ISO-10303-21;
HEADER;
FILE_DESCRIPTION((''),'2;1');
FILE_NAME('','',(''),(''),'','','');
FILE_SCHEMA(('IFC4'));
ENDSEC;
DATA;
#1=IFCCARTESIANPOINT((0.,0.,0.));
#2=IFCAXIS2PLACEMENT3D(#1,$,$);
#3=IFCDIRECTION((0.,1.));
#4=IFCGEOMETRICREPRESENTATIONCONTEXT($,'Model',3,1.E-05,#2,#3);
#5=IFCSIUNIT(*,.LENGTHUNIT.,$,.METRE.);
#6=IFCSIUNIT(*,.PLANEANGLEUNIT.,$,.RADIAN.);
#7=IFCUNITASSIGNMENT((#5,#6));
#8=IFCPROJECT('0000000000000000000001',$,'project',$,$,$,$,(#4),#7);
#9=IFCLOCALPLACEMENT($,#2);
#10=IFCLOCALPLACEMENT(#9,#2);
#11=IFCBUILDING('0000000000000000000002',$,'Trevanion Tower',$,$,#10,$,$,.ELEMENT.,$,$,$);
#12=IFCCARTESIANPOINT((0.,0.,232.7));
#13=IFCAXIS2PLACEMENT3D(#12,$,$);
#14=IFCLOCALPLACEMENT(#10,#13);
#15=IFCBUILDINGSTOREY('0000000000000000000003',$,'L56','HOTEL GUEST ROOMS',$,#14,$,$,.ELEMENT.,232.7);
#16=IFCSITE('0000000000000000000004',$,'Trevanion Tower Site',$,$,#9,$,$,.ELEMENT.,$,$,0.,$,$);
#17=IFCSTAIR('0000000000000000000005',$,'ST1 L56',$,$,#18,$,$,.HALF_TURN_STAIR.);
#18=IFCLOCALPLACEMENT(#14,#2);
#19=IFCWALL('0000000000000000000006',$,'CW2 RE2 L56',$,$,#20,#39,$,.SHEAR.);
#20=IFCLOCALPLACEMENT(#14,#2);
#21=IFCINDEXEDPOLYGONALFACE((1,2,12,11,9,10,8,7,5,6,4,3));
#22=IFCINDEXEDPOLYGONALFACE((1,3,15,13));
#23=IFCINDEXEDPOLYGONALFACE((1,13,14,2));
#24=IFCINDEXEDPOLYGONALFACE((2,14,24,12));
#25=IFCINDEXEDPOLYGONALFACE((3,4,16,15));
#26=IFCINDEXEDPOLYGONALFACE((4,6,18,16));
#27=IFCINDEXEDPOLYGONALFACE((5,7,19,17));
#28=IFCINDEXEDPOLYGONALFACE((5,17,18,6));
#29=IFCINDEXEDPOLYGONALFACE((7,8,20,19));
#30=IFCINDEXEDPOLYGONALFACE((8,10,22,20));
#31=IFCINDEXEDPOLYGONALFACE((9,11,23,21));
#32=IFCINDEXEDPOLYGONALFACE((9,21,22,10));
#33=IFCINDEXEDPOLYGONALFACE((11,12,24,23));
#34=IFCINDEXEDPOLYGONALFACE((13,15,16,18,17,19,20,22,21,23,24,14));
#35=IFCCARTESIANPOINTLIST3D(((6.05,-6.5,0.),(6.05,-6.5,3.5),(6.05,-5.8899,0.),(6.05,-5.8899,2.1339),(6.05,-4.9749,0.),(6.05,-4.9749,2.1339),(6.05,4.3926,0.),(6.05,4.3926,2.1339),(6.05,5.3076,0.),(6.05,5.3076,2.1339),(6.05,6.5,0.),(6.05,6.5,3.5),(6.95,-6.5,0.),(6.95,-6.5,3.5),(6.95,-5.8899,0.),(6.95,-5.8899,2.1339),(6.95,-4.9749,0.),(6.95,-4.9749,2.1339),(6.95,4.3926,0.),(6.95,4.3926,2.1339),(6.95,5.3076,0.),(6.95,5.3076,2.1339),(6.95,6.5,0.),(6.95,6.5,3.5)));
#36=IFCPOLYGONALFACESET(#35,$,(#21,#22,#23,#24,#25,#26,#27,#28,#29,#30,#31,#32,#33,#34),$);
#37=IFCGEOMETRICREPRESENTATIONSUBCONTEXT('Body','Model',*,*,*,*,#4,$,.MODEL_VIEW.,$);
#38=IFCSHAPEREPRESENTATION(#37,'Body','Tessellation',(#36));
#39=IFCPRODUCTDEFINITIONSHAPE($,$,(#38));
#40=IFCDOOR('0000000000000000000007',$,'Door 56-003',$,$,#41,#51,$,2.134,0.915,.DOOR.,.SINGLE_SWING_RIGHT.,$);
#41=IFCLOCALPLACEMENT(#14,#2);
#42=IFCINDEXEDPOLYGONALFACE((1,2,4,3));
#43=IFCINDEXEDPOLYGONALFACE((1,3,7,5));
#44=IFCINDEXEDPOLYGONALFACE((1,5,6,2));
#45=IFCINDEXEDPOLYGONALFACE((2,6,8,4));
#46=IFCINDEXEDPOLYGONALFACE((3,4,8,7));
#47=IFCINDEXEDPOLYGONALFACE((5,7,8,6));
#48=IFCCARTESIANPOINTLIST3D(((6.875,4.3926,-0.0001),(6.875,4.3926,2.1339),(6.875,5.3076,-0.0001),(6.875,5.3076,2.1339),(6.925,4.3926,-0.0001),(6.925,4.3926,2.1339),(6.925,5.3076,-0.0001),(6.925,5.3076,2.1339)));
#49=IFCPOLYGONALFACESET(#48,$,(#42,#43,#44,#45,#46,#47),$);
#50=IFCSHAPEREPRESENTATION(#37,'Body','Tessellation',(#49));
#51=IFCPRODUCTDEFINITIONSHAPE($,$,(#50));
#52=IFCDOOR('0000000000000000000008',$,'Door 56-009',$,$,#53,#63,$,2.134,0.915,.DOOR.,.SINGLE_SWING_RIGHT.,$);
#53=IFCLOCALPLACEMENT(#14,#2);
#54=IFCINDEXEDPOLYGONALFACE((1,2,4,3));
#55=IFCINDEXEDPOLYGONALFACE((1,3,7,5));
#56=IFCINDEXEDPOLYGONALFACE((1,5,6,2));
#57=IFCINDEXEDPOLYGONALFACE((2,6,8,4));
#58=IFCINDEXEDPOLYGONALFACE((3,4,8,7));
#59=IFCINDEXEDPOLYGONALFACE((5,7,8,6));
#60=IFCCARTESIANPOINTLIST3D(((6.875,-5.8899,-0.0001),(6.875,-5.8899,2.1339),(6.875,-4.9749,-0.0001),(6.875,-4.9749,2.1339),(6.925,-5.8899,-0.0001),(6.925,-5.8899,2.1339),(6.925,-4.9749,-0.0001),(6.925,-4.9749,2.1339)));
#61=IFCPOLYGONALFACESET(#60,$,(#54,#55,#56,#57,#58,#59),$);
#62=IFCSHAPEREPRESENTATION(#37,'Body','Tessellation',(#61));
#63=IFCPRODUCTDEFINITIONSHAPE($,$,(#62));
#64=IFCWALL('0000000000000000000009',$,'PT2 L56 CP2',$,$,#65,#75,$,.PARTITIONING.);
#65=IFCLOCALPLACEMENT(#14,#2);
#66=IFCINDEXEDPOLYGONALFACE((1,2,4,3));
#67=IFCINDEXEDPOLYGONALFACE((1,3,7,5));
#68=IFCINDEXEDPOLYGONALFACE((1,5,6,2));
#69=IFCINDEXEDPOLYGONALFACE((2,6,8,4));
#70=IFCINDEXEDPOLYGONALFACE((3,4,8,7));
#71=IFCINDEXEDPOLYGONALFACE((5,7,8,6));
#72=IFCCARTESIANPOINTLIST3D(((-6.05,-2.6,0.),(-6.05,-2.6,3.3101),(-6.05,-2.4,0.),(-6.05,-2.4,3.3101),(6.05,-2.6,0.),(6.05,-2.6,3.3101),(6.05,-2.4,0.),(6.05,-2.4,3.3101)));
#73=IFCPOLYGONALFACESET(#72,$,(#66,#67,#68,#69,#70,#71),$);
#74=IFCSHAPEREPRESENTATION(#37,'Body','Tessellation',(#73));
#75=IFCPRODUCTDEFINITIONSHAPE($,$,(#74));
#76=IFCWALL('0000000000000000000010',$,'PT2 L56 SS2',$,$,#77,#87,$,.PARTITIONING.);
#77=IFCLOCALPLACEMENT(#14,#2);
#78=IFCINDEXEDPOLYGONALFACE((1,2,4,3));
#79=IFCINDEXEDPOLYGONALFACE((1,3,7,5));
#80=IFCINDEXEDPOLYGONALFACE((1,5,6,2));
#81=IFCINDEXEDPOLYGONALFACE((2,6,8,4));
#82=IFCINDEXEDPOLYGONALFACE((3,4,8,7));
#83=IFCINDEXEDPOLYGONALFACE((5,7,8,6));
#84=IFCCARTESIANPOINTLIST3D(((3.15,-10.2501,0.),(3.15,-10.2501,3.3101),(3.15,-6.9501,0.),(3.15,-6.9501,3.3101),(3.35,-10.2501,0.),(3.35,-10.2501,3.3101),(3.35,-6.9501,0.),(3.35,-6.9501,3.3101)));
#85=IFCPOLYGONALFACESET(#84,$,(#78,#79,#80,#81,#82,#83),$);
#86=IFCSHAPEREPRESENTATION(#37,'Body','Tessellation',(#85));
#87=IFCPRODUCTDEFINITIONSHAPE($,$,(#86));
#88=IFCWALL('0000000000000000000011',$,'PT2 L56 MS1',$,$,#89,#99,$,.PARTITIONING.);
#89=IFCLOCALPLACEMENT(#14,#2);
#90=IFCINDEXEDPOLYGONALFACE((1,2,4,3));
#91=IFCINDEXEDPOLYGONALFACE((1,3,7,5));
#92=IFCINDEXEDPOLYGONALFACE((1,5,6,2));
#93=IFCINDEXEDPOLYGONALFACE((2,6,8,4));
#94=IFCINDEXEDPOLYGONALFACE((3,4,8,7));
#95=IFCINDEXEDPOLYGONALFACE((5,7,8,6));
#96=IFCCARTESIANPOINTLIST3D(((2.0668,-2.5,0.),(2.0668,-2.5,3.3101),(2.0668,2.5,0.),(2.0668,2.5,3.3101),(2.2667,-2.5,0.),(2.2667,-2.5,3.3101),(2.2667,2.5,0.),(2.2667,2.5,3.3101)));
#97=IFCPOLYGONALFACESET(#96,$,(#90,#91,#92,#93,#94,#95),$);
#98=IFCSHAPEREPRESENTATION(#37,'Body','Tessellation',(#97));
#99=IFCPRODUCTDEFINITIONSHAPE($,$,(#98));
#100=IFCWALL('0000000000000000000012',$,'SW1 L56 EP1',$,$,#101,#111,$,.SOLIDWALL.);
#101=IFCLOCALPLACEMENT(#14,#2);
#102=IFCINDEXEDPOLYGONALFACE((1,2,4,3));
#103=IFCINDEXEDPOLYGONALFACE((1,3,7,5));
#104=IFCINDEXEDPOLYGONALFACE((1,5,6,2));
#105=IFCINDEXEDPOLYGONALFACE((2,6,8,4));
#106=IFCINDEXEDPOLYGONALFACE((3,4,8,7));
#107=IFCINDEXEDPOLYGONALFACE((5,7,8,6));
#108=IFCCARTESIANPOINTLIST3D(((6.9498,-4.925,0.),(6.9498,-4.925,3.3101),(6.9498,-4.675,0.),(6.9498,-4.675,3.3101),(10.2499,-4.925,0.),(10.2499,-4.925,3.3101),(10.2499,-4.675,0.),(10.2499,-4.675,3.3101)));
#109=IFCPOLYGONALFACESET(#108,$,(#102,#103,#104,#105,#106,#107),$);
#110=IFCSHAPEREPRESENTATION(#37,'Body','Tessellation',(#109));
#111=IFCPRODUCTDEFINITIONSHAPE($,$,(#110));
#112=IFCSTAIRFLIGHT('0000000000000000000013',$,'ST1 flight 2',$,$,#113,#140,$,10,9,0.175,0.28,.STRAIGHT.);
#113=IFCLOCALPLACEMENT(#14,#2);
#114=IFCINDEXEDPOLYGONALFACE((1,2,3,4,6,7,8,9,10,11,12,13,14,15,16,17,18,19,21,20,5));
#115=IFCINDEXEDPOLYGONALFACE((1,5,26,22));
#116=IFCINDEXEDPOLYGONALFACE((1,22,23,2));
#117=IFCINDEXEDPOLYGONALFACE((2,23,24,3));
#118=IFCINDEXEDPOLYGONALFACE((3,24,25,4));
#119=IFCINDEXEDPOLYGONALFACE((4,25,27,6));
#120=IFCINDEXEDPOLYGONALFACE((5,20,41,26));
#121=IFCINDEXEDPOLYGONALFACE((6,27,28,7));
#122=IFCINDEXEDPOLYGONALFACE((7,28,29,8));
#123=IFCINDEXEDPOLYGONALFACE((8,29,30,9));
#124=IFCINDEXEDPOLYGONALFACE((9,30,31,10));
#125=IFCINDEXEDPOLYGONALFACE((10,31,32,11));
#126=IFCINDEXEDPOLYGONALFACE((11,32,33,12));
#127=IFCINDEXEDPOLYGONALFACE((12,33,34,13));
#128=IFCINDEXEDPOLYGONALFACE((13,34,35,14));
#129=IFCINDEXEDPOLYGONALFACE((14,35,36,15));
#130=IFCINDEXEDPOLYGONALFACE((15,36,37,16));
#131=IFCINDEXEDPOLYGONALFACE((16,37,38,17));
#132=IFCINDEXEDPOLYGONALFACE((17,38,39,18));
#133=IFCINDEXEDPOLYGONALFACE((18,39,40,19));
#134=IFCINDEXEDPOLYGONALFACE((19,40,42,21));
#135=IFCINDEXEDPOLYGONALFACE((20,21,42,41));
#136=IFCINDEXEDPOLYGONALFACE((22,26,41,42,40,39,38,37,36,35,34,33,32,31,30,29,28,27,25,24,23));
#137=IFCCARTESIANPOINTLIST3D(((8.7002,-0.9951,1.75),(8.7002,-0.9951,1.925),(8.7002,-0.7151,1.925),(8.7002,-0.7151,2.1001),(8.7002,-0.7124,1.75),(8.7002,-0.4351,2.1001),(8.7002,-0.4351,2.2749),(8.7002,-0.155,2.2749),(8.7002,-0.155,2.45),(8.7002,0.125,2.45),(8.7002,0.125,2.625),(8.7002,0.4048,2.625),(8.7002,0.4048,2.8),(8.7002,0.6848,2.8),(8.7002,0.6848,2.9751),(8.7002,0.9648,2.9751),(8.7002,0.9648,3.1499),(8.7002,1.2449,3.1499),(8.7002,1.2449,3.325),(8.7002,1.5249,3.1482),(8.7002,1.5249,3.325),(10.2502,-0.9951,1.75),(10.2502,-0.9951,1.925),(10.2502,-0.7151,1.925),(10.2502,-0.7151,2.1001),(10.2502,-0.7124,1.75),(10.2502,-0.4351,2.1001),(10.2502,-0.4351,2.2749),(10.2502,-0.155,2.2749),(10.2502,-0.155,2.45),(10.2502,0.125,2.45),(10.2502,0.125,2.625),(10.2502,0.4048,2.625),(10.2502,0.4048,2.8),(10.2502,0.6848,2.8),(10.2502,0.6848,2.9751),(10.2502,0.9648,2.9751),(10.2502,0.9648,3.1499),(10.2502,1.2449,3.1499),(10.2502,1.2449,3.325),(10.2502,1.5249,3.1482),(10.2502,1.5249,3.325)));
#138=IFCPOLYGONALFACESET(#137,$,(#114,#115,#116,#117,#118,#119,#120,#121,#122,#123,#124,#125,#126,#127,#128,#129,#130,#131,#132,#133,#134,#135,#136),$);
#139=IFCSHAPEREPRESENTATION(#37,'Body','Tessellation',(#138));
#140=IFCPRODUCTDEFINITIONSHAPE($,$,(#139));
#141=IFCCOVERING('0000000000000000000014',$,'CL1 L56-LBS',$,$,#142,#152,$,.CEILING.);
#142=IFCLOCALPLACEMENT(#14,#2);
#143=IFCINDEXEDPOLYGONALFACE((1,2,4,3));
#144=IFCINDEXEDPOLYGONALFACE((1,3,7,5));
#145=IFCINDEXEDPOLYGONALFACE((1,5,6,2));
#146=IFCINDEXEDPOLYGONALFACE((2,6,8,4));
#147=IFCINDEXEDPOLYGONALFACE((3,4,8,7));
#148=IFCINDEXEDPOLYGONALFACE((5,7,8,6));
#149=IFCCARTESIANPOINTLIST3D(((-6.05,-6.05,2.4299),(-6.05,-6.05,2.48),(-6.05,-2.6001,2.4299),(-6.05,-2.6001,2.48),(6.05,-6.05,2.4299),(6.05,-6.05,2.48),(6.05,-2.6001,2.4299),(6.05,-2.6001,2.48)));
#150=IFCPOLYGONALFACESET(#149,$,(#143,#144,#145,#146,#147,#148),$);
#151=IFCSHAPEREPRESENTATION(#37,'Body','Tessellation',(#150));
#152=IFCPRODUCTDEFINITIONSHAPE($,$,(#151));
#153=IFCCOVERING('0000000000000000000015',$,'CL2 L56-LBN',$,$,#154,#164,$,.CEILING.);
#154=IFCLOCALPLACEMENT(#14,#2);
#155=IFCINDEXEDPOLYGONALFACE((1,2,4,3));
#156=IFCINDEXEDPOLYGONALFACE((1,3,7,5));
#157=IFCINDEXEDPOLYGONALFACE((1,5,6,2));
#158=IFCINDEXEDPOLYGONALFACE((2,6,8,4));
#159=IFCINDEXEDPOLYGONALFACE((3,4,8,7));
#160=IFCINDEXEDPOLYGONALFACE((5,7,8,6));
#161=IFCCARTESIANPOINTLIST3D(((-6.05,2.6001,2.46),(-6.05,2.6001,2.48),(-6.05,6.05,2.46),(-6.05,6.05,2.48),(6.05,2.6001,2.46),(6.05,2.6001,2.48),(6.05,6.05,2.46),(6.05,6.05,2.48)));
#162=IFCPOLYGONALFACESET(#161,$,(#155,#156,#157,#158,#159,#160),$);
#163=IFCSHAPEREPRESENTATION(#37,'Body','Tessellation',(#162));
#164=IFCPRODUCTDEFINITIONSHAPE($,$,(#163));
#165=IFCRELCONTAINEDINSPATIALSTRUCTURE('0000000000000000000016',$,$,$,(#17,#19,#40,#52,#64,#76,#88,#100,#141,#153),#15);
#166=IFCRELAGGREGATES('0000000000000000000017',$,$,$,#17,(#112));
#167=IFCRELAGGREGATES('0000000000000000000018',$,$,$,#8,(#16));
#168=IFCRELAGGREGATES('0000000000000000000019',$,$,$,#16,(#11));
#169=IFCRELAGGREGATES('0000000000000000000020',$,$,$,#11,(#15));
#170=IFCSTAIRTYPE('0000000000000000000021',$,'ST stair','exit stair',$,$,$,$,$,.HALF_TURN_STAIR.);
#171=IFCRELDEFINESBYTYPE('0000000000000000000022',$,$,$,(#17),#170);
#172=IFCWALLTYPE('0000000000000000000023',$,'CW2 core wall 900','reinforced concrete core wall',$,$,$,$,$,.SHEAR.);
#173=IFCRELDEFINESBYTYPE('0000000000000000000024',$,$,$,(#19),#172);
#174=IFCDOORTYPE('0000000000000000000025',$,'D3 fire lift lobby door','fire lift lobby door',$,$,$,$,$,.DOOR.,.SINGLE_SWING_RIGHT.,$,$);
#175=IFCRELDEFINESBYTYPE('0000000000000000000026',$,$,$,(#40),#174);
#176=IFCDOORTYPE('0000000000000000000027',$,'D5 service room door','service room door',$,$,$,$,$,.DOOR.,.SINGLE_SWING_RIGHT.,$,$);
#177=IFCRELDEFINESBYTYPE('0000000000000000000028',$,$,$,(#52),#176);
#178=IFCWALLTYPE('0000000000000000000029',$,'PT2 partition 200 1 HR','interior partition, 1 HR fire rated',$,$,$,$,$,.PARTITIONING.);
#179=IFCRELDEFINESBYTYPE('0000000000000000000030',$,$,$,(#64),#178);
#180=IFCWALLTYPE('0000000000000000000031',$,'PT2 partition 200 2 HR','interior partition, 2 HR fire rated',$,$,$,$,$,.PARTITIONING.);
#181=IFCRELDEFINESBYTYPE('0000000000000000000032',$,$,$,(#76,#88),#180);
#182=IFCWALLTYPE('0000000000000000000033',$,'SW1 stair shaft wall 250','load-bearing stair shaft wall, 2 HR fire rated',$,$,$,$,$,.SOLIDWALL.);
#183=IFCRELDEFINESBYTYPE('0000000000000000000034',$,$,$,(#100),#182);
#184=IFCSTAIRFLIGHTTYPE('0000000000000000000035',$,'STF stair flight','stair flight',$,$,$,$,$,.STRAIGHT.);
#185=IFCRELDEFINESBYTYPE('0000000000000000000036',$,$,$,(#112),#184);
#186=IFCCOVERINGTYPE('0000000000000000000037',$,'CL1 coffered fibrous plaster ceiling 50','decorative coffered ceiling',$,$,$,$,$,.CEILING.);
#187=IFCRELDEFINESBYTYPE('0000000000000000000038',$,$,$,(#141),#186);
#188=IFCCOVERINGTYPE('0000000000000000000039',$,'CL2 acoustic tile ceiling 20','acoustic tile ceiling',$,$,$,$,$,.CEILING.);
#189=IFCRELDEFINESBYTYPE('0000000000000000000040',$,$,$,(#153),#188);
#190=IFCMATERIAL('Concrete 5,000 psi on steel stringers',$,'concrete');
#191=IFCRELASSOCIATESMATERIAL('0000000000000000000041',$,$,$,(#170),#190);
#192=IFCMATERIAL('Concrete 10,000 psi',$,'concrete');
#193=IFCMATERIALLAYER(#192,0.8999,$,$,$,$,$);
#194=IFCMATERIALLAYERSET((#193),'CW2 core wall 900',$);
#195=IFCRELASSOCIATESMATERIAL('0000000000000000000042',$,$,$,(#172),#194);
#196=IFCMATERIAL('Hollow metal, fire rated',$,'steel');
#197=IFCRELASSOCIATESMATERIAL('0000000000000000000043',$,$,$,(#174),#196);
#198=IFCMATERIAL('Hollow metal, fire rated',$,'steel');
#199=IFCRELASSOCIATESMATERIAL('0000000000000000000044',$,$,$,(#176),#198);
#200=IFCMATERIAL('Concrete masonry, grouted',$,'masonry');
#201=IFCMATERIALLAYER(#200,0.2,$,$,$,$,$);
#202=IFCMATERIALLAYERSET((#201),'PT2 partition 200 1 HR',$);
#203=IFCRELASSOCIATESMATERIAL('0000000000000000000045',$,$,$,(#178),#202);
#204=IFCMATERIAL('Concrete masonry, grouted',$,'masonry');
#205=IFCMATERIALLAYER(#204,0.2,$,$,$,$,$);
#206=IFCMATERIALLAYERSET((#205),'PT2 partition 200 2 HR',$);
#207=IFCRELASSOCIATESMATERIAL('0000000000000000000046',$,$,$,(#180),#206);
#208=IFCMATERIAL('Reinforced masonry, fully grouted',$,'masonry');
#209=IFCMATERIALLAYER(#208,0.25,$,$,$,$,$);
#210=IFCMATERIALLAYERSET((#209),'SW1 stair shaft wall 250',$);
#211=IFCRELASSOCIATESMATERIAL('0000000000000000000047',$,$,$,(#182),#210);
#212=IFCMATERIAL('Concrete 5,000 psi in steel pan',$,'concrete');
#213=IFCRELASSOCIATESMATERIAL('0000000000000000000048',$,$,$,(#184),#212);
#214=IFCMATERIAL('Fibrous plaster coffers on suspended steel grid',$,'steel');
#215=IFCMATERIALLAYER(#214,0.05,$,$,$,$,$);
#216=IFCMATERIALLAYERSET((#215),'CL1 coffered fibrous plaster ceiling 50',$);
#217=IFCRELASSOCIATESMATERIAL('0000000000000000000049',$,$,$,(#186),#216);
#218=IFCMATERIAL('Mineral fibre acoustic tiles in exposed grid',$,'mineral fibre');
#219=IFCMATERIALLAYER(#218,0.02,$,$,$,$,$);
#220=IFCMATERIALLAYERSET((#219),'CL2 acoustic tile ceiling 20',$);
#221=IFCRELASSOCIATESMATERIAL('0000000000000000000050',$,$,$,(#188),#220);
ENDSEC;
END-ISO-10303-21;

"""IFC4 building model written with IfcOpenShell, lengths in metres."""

from ifc_helpers import new_model, si_unit, direction, frame, frame_2d, origin, place, context, subcontext, project, spatial, polyline, rectangle, outline, extrude, material, layer, layer_set, type_object, element, fill, aggregate, save


model = new_model("IFC4")

# Units and contexts
model_context = context("Model", 3, precision=1e-05, world=origin(), true_north=direction((0.0, 1.0)))
body_context = subcontext(model_context, "Body", "Model", "MODEL_VIEW")
ifc_project = project(units=[si_unit("LENGTHUNIT", "METRE"), si_unit("PLANEANGLEUNIT", "RADIAN")], contexts=[model_context])

# Site, building, storey
site_placement = place(None, origin())
site = spatial("IfcSite", under=ifc_project, at=site_placement, Name="Trevanion Tower Site", CompositionType="ELEMENT", RefElevation=0.0)
building_placement = place(site_placement, origin())
building = spatial("IfcBuilding", under=site, at=building_placement, Name="Trevanion Tower", CompositionType="ELEMENT")
storey_placement = place(building_placement, frame((0.0, 0.0, 232.7)))
storey = spatial("IfcBuildingStorey", under=building, at=storey_placement, Name="L56", Description="HOTEL GUEST ROOMS", CompositionType="ELEMENT", Elevation=232.7)

# Stair
ifc_material_1 = material(Name="Concrete 5,000 psi on steel stringers", Category="concrete")
stair_type = type_object("IfcStairType", Name="ST stair", Description="exit stair", PredefinedType="HALF_TURN_STAIR", material=ifc_material_1)
stair_1_placement = place(storey_placement, origin())
stair_1 = element("IfcStair", 1, at=stair_1_placement, inside=storey, type_object=stair_type, Name="ST1 L56", PredefinedType="HALF_TURN_STAIR")

# Wall, openings, doors
ifc_material_2 = material(Name="Concrete 10,000 psi", Category="concrete")
ifc_layer_1 = layer(ifc_material_2, 0.8999)
ifc_layer_set_1 = layer_set([ifc_layer_1], Name="CW2 core wall 900")
wall_type_1 = type_object("IfcWallType", Name="CW2 core wall 900", Description="reinforced concrete core wall", PredefinedType="SHEAR", material=ifc_layer_set_1)
wall_1_placement = place(storey_placement, frame((6.5, -6.5, 0.0), z_axis=(0.0, 0.0, 1.0), x_axis=(0.0, 1.0, 0.0)))
wall_1 = element("IfcWall", 2, at=wall_1_placement, inside=storey, type_object=wall_type_1, Name="CW2 RE2 L56", PredefinedType="SHEAR", context=body_context, shape_type="SweptSolid", body=[
    extrude(rectangle(XDim=13.0, YDim=0.8999, at=frame_2d((6.5, 0.0))), origin(), (0.0, 0.0, 1.0), 3.5),
])
opening_1_placement = place(wall_1_placement, frame((10.8926, 0.0, 0.0)))
opening_1 = element("IfcOpeningElement", 3, at=opening_1_placement, cuts=wall_1, PredefinedType="OPENING", context=body_context, shape_type="SweptSolid", body=[
    extrude(rectangle(XDim=0.915, YDim=2.134, at=frame_2d((0.4575, 1.0669))), frame((0.0, 0.46, 0.0), z_axis=(0.0, -1.0, 0.0), x_axis=(1.0, 0.0, 0.0)), (0.0, 0.0, 1.0), 0.9199),
])
opening_2_placement = place(wall_1_placement, frame((0.6101, 0.0, 0.0)))
opening_2 = element("IfcOpeningElement", 4, at=opening_2_placement, cuts=wall_1, PredefinedType="OPENING", context=body_context, shape_type="SweptSolid", body=[
    extrude(rectangle(XDim=0.915, YDim=2.134, at=frame_2d((0.4575, 1.0669))), frame((0.0, 0.46, 0.0), z_axis=(0.0, -1.0, 0.0), x_axis=(1.0, 0.0, 0.0)), (0.0, 0.0, 1.0), 0.9199),
])
ifc_material_3 = material(Name="Hollow metal, fire rated", Category="steel")
door_type_1 = type_object("IfcDoorType", Name="D3 fire lift lobby door", Description="fire lift lobby door", OperationType="SINGLE_SWING_RIGHT", PredefinedType="DOOR", material=ifc_material_3)
door_1_placement = place(opening_1_placement, origin())
door_1 = element("IfcDoor", 5, at=door_1_placement, inside=storey, type_object=door_type_1, Name="Door 56-003", OperationType="SINGLE_SWING_RIGHT", OverallHeight=2.134, OverallWidth=0.915, PredefinedType="DOOR", context=body_context, shape_type="SweptSolid", body=[
    extrude(rectangle(XDim=0.915, YDim=2.134, at=frame_2d((0.4575, 1.0669))), frame((0.0, -0.375, 0.0), z_axis=(0.0, -1.0, 0.0), x_axis=(1.0, 0.0, 0.0)), (0.0, 0.0, 1.0), 0.05),
])
fill(opening_1, door_1)
ifc_material_4 = material(Name="Hollow metal, fire rated", Category="steel")
door_type_2 = type_object("IfcDoorType", Name="D5 service room door", Description="service room door", OperationType="SINGLE_SWING_RIGHT", PredefinedType="DOOR", material=ifc_material_4)
door_2_placement = place(opening_2_placement, origin())
door_2 = element("IfcDoor", 6, at=door_2_placement, inside=storey, type_object=door_type_2, Name="Door 56-009", OperationType="SINGLE_SWING_RIGHT", OverallHeight=2.134, OverallWidth=0.915, PredefinedType="DOOR", context=body_context, shape_type="SweptSolid", body=[
    extrude(rectangle(XDim=0.915, YDim=2.134, at=frame_2d((0.4575, 1.0669))), frame((0.0, -0.375, 0.0), z_axis=(0.0, -1.0, 0.0), x_axis=(1.0, 0.0, 0.0)), (0.0, 0.0, 1.0), 0.05),
])
fill(opening_2, door_2)

# Walls
ifc_material_5 = material(Name="Concrete masonry, grouted", Category="masonry")
ifc_layer_2 = layer(ifc_material_5, 0.2)
ifc_layer_set_2 = layer_set([ifc_layer_2], Name="PT2 partition 200 1 HR")
wall_type_2 = type_object("IfcWallType", Name="PT2 partition 200 1 HR", Description="interior partition, 1 HR fire rated", PredefinedType="PARTITIONING", material=ifc_layer_set_2)
wall_2_placement = place(storey_placement, frame((6.05, -2.5, 0.0), z_axis=(0.0, 0.0, 1.0), x_axis=(-1.0, 0.0, 0.0)))
element("IfcWall", 7, at=wall_2_placement, inside=storey, type_object=wall_type_2, Name="PT2 L56 CP2", PredefinedType="PARTITIONING", context=body_context, shape_type="SweptSolid", body=[
    extrude(rectangle(XDim=12.1001, YDim=0.2, at=frame_2d((6.05, 0.0))), origin(), (0.0, 0.0, 1.0), 3.3101),
])
ifc_material_6 = material(Name="Concrete masonry, grouted", Category="masonry")
ifc_layer_3 = layer(ifc_material_6, 0.2)
ifc_layer_set_3 = layer_set([ifc_layer_3], Name="PT2 partition 200 2 HR")
wall_type_3 = type_object("IfcWallType", Name="PT2 partition 200 2 HR", Description="interior partition, 2 HR fire rated", PredefinedType="PARTITIONING", material=ifc_layer_set_3)
wall_3_placement = place(storey_placement, frame((3.25, -10.25, 0.0), z_axis=(0.0, 0.0, 1.0), x_axis=(0.0, 1.0, 0.0)))
element("IfcWall", 8, at=wall_3_placement, inside=storey, type_object=wall_type_3, Name="PT2 L56 SS2", PredefinedType="PARTITIONING", context=body_context, shape_type="SweptSolid", body=[
    extrude(rectangle(XDim=3.3, YDim=0.2, at=frame_2d((1.6499, 0.0))), origin(), (0.0, 0.0, 1.0), 3.3101),
])
wall_4_placement = place(storey_placement, frame((2.1667, -2.5, 0.0), z_axis=(0.0, 0.0, 1.0), x_axis=(0.0, 1.0, 0.0)))
element("IfcWall", 9, at=wall_4_placement, inside=storey, type_object=wall_type_3, Name="PT2 L56 MS1", PredefinedType="PARTITIONING", context=body_context, shape_type="SweptSolid", body=[
    extrude(rectangle(XDim=5.0, YDim=0.2, at=frame_2d((2.5, 0.0))), origin(), (0.0, 0.0, 1.0), 3.3101),
])
ifc_material_7 = material(Name="Reinforced masonry, fully grouted", Category="masonry")
ifc_layer_4 = layer(ifc_material_7, 0.25)
ifc_layer_set_4 = layer_set([ifc_layer_4], Name="SW1 stair shaft wall 250")
wall_type_4 = type_object("IfcWallType", Name="SW1 stair shaft wall 250", Description="load-bearing stair shaft wall, 2 HR fire rated", PredefinedType="SOLIDWALL", material=ifc_layer_set_4)
wall_5_placement = place(storey_placement, frame((6.95, -4.8, 0.0), z_axis=(0.0, 0.0, 1.0), x_axis=(1.0, 0.0, 0.0)))
element("IfcWall", 10, at=wall_5_placement, inside=storey, type_object=wall_type_4, Name="SW1 L56 EP1", PredefinedType="SOLIDWALL", context=body_context, shape_type="SweptSolid", body=[
    extrude(rectangle(XDim=3.3, YDim=0.25, at=frame_2d((1.6499, 0.0))), origin(), (0.0, 0.0, 1.0), 3.3101),
])

# Stair flight
ifc_material_8 = material(Name="Concrete 5,000 psi in steel pan", Category="concrete")
stair_flight_type = type_object("IfcStairFlightType", Name="STF stair flight", Description="stair flight", PredefinedType="STRAIGHT", material=ifc_material_8)
stair_flight_placement = place(storey_placement, frame((9.4751, -0.9951, 1.75), z_axis=(0.0, 0.0, 1.0), x_axis=(0.0, 1.0, 0.0)))
stair_flight = element("IfcStairFlight", 11, at=stair_flight_placement, type_object=stair_flight_type, Name="ST1 flight 2", NumberOfRisers=10, NumberOfTreads=9, PredefinedType="STRAIGHT", RiserHeight=0.175, TreadLength=0.28, context=body_context, shape_type="SweptSolid", body=[
    extrude(outline(polyline([(0.0, 0.0), (0.0, 0.175), (0.28, 0.175), (0.28, 0.3501), (0.5601, 0.3501), (0.5601, 0.5249), (0.8401, 0.5249), (0.8401, 0.7), (1.1201, 0.7), (1.1201, 0.875), (1.3999, 0.875), (1.3999, 1.05), (1.6799, 1.05), (1.6799, 1.2251), (1.96, 1.2251), (1.96, 1.3999), (2.24, 1.3999), (2.24, 1.575), (2.52, 1.575), (2.52, 1.75), (2.52, 1.3982), (0.2827, 0.0), (0.0, 0.0)])), frame((0.0, 0.7749, 0.0), z_axis=(0.0, -1.0, 0.0), x_axis=(1.0, 0.0, 0.0)), (0.0, 0.0, 1.0), 1.55),
])
aggregate(stair_1, [stair_flight])

# Coverings
ifc_material_9 = material(Name="Fibrous plaster coffers on suspended steel grid", Category="steel")
ifc_layer_5 = layer(ifc_material_9, 0.05)
ifc_layer_set_5 = layer_set([ifc_layer_5], Name="CL1 coffered fibrous plaster ceiling 50")
covering_type_1 = type_object("IfcCoveringType", Name="CL1 coffered fibrous plaster ceiling 50", Description="decorative coffered ceiling", PredefinedType="CEILING", material=ifc_layer_set_5)
covering_1_placement = place(storey_placement, frame((0.0, 0.0, 2.4299)))
element("IfcCovering", 12, at=covering_1_placement, inside=storey, type_object=covering_type_1, Name="CL1 L56-LBS", PredefinedType="CEILING", context=body_context, shape_type="SweptSolid", body=[
    extrude(outline(polyline([(6.05, -6.05), (6.05, -2.6001), (-6.05, -2.6001), (-6.05, -6.05), (6.05, -6.05)])), origin(), (0.0, 0.0, 1.0), 0.05),
])
ifc_material_10 = material(Name="Mineral fibre acoustic tiles in exposed grid", Category="mineral fibre")
ifc_layer_6 = layer(ifc_material_10, 0.02)
ifc_layer_set_6 = layer_set([ifc_layer_6], Name="CL2 acoustic tile ceiling 20")
covering_type_2 = type_object("IfcCoveringType", Name="CL2 acoustic tile ceiling 20", Description="acoustic tile ceiling", PredefinedType="CEILING", material=ifc_layer_set_6)
covering_2_placement = place(storey_placement, frame((0.0, 0.0, 2.46)))
element("IfcCovering", 13, at=covering_2_placement, inside=storey, type_object=covering_type_2, Name="CL2 L56-LBN", PredefinedType="CEILING", context=body_context, shape_type="SweptSolid", body=[
    extrude(outline(polyline([(6.05, 2.6001), (6.05, 6.05), (-6.05, 6.05), (-6.05, 2.6001), (6.05, 2.6001)])), origin(), (0.0, 0.0, 1.0), 0.02),
])

save(model, "model.ifc")
